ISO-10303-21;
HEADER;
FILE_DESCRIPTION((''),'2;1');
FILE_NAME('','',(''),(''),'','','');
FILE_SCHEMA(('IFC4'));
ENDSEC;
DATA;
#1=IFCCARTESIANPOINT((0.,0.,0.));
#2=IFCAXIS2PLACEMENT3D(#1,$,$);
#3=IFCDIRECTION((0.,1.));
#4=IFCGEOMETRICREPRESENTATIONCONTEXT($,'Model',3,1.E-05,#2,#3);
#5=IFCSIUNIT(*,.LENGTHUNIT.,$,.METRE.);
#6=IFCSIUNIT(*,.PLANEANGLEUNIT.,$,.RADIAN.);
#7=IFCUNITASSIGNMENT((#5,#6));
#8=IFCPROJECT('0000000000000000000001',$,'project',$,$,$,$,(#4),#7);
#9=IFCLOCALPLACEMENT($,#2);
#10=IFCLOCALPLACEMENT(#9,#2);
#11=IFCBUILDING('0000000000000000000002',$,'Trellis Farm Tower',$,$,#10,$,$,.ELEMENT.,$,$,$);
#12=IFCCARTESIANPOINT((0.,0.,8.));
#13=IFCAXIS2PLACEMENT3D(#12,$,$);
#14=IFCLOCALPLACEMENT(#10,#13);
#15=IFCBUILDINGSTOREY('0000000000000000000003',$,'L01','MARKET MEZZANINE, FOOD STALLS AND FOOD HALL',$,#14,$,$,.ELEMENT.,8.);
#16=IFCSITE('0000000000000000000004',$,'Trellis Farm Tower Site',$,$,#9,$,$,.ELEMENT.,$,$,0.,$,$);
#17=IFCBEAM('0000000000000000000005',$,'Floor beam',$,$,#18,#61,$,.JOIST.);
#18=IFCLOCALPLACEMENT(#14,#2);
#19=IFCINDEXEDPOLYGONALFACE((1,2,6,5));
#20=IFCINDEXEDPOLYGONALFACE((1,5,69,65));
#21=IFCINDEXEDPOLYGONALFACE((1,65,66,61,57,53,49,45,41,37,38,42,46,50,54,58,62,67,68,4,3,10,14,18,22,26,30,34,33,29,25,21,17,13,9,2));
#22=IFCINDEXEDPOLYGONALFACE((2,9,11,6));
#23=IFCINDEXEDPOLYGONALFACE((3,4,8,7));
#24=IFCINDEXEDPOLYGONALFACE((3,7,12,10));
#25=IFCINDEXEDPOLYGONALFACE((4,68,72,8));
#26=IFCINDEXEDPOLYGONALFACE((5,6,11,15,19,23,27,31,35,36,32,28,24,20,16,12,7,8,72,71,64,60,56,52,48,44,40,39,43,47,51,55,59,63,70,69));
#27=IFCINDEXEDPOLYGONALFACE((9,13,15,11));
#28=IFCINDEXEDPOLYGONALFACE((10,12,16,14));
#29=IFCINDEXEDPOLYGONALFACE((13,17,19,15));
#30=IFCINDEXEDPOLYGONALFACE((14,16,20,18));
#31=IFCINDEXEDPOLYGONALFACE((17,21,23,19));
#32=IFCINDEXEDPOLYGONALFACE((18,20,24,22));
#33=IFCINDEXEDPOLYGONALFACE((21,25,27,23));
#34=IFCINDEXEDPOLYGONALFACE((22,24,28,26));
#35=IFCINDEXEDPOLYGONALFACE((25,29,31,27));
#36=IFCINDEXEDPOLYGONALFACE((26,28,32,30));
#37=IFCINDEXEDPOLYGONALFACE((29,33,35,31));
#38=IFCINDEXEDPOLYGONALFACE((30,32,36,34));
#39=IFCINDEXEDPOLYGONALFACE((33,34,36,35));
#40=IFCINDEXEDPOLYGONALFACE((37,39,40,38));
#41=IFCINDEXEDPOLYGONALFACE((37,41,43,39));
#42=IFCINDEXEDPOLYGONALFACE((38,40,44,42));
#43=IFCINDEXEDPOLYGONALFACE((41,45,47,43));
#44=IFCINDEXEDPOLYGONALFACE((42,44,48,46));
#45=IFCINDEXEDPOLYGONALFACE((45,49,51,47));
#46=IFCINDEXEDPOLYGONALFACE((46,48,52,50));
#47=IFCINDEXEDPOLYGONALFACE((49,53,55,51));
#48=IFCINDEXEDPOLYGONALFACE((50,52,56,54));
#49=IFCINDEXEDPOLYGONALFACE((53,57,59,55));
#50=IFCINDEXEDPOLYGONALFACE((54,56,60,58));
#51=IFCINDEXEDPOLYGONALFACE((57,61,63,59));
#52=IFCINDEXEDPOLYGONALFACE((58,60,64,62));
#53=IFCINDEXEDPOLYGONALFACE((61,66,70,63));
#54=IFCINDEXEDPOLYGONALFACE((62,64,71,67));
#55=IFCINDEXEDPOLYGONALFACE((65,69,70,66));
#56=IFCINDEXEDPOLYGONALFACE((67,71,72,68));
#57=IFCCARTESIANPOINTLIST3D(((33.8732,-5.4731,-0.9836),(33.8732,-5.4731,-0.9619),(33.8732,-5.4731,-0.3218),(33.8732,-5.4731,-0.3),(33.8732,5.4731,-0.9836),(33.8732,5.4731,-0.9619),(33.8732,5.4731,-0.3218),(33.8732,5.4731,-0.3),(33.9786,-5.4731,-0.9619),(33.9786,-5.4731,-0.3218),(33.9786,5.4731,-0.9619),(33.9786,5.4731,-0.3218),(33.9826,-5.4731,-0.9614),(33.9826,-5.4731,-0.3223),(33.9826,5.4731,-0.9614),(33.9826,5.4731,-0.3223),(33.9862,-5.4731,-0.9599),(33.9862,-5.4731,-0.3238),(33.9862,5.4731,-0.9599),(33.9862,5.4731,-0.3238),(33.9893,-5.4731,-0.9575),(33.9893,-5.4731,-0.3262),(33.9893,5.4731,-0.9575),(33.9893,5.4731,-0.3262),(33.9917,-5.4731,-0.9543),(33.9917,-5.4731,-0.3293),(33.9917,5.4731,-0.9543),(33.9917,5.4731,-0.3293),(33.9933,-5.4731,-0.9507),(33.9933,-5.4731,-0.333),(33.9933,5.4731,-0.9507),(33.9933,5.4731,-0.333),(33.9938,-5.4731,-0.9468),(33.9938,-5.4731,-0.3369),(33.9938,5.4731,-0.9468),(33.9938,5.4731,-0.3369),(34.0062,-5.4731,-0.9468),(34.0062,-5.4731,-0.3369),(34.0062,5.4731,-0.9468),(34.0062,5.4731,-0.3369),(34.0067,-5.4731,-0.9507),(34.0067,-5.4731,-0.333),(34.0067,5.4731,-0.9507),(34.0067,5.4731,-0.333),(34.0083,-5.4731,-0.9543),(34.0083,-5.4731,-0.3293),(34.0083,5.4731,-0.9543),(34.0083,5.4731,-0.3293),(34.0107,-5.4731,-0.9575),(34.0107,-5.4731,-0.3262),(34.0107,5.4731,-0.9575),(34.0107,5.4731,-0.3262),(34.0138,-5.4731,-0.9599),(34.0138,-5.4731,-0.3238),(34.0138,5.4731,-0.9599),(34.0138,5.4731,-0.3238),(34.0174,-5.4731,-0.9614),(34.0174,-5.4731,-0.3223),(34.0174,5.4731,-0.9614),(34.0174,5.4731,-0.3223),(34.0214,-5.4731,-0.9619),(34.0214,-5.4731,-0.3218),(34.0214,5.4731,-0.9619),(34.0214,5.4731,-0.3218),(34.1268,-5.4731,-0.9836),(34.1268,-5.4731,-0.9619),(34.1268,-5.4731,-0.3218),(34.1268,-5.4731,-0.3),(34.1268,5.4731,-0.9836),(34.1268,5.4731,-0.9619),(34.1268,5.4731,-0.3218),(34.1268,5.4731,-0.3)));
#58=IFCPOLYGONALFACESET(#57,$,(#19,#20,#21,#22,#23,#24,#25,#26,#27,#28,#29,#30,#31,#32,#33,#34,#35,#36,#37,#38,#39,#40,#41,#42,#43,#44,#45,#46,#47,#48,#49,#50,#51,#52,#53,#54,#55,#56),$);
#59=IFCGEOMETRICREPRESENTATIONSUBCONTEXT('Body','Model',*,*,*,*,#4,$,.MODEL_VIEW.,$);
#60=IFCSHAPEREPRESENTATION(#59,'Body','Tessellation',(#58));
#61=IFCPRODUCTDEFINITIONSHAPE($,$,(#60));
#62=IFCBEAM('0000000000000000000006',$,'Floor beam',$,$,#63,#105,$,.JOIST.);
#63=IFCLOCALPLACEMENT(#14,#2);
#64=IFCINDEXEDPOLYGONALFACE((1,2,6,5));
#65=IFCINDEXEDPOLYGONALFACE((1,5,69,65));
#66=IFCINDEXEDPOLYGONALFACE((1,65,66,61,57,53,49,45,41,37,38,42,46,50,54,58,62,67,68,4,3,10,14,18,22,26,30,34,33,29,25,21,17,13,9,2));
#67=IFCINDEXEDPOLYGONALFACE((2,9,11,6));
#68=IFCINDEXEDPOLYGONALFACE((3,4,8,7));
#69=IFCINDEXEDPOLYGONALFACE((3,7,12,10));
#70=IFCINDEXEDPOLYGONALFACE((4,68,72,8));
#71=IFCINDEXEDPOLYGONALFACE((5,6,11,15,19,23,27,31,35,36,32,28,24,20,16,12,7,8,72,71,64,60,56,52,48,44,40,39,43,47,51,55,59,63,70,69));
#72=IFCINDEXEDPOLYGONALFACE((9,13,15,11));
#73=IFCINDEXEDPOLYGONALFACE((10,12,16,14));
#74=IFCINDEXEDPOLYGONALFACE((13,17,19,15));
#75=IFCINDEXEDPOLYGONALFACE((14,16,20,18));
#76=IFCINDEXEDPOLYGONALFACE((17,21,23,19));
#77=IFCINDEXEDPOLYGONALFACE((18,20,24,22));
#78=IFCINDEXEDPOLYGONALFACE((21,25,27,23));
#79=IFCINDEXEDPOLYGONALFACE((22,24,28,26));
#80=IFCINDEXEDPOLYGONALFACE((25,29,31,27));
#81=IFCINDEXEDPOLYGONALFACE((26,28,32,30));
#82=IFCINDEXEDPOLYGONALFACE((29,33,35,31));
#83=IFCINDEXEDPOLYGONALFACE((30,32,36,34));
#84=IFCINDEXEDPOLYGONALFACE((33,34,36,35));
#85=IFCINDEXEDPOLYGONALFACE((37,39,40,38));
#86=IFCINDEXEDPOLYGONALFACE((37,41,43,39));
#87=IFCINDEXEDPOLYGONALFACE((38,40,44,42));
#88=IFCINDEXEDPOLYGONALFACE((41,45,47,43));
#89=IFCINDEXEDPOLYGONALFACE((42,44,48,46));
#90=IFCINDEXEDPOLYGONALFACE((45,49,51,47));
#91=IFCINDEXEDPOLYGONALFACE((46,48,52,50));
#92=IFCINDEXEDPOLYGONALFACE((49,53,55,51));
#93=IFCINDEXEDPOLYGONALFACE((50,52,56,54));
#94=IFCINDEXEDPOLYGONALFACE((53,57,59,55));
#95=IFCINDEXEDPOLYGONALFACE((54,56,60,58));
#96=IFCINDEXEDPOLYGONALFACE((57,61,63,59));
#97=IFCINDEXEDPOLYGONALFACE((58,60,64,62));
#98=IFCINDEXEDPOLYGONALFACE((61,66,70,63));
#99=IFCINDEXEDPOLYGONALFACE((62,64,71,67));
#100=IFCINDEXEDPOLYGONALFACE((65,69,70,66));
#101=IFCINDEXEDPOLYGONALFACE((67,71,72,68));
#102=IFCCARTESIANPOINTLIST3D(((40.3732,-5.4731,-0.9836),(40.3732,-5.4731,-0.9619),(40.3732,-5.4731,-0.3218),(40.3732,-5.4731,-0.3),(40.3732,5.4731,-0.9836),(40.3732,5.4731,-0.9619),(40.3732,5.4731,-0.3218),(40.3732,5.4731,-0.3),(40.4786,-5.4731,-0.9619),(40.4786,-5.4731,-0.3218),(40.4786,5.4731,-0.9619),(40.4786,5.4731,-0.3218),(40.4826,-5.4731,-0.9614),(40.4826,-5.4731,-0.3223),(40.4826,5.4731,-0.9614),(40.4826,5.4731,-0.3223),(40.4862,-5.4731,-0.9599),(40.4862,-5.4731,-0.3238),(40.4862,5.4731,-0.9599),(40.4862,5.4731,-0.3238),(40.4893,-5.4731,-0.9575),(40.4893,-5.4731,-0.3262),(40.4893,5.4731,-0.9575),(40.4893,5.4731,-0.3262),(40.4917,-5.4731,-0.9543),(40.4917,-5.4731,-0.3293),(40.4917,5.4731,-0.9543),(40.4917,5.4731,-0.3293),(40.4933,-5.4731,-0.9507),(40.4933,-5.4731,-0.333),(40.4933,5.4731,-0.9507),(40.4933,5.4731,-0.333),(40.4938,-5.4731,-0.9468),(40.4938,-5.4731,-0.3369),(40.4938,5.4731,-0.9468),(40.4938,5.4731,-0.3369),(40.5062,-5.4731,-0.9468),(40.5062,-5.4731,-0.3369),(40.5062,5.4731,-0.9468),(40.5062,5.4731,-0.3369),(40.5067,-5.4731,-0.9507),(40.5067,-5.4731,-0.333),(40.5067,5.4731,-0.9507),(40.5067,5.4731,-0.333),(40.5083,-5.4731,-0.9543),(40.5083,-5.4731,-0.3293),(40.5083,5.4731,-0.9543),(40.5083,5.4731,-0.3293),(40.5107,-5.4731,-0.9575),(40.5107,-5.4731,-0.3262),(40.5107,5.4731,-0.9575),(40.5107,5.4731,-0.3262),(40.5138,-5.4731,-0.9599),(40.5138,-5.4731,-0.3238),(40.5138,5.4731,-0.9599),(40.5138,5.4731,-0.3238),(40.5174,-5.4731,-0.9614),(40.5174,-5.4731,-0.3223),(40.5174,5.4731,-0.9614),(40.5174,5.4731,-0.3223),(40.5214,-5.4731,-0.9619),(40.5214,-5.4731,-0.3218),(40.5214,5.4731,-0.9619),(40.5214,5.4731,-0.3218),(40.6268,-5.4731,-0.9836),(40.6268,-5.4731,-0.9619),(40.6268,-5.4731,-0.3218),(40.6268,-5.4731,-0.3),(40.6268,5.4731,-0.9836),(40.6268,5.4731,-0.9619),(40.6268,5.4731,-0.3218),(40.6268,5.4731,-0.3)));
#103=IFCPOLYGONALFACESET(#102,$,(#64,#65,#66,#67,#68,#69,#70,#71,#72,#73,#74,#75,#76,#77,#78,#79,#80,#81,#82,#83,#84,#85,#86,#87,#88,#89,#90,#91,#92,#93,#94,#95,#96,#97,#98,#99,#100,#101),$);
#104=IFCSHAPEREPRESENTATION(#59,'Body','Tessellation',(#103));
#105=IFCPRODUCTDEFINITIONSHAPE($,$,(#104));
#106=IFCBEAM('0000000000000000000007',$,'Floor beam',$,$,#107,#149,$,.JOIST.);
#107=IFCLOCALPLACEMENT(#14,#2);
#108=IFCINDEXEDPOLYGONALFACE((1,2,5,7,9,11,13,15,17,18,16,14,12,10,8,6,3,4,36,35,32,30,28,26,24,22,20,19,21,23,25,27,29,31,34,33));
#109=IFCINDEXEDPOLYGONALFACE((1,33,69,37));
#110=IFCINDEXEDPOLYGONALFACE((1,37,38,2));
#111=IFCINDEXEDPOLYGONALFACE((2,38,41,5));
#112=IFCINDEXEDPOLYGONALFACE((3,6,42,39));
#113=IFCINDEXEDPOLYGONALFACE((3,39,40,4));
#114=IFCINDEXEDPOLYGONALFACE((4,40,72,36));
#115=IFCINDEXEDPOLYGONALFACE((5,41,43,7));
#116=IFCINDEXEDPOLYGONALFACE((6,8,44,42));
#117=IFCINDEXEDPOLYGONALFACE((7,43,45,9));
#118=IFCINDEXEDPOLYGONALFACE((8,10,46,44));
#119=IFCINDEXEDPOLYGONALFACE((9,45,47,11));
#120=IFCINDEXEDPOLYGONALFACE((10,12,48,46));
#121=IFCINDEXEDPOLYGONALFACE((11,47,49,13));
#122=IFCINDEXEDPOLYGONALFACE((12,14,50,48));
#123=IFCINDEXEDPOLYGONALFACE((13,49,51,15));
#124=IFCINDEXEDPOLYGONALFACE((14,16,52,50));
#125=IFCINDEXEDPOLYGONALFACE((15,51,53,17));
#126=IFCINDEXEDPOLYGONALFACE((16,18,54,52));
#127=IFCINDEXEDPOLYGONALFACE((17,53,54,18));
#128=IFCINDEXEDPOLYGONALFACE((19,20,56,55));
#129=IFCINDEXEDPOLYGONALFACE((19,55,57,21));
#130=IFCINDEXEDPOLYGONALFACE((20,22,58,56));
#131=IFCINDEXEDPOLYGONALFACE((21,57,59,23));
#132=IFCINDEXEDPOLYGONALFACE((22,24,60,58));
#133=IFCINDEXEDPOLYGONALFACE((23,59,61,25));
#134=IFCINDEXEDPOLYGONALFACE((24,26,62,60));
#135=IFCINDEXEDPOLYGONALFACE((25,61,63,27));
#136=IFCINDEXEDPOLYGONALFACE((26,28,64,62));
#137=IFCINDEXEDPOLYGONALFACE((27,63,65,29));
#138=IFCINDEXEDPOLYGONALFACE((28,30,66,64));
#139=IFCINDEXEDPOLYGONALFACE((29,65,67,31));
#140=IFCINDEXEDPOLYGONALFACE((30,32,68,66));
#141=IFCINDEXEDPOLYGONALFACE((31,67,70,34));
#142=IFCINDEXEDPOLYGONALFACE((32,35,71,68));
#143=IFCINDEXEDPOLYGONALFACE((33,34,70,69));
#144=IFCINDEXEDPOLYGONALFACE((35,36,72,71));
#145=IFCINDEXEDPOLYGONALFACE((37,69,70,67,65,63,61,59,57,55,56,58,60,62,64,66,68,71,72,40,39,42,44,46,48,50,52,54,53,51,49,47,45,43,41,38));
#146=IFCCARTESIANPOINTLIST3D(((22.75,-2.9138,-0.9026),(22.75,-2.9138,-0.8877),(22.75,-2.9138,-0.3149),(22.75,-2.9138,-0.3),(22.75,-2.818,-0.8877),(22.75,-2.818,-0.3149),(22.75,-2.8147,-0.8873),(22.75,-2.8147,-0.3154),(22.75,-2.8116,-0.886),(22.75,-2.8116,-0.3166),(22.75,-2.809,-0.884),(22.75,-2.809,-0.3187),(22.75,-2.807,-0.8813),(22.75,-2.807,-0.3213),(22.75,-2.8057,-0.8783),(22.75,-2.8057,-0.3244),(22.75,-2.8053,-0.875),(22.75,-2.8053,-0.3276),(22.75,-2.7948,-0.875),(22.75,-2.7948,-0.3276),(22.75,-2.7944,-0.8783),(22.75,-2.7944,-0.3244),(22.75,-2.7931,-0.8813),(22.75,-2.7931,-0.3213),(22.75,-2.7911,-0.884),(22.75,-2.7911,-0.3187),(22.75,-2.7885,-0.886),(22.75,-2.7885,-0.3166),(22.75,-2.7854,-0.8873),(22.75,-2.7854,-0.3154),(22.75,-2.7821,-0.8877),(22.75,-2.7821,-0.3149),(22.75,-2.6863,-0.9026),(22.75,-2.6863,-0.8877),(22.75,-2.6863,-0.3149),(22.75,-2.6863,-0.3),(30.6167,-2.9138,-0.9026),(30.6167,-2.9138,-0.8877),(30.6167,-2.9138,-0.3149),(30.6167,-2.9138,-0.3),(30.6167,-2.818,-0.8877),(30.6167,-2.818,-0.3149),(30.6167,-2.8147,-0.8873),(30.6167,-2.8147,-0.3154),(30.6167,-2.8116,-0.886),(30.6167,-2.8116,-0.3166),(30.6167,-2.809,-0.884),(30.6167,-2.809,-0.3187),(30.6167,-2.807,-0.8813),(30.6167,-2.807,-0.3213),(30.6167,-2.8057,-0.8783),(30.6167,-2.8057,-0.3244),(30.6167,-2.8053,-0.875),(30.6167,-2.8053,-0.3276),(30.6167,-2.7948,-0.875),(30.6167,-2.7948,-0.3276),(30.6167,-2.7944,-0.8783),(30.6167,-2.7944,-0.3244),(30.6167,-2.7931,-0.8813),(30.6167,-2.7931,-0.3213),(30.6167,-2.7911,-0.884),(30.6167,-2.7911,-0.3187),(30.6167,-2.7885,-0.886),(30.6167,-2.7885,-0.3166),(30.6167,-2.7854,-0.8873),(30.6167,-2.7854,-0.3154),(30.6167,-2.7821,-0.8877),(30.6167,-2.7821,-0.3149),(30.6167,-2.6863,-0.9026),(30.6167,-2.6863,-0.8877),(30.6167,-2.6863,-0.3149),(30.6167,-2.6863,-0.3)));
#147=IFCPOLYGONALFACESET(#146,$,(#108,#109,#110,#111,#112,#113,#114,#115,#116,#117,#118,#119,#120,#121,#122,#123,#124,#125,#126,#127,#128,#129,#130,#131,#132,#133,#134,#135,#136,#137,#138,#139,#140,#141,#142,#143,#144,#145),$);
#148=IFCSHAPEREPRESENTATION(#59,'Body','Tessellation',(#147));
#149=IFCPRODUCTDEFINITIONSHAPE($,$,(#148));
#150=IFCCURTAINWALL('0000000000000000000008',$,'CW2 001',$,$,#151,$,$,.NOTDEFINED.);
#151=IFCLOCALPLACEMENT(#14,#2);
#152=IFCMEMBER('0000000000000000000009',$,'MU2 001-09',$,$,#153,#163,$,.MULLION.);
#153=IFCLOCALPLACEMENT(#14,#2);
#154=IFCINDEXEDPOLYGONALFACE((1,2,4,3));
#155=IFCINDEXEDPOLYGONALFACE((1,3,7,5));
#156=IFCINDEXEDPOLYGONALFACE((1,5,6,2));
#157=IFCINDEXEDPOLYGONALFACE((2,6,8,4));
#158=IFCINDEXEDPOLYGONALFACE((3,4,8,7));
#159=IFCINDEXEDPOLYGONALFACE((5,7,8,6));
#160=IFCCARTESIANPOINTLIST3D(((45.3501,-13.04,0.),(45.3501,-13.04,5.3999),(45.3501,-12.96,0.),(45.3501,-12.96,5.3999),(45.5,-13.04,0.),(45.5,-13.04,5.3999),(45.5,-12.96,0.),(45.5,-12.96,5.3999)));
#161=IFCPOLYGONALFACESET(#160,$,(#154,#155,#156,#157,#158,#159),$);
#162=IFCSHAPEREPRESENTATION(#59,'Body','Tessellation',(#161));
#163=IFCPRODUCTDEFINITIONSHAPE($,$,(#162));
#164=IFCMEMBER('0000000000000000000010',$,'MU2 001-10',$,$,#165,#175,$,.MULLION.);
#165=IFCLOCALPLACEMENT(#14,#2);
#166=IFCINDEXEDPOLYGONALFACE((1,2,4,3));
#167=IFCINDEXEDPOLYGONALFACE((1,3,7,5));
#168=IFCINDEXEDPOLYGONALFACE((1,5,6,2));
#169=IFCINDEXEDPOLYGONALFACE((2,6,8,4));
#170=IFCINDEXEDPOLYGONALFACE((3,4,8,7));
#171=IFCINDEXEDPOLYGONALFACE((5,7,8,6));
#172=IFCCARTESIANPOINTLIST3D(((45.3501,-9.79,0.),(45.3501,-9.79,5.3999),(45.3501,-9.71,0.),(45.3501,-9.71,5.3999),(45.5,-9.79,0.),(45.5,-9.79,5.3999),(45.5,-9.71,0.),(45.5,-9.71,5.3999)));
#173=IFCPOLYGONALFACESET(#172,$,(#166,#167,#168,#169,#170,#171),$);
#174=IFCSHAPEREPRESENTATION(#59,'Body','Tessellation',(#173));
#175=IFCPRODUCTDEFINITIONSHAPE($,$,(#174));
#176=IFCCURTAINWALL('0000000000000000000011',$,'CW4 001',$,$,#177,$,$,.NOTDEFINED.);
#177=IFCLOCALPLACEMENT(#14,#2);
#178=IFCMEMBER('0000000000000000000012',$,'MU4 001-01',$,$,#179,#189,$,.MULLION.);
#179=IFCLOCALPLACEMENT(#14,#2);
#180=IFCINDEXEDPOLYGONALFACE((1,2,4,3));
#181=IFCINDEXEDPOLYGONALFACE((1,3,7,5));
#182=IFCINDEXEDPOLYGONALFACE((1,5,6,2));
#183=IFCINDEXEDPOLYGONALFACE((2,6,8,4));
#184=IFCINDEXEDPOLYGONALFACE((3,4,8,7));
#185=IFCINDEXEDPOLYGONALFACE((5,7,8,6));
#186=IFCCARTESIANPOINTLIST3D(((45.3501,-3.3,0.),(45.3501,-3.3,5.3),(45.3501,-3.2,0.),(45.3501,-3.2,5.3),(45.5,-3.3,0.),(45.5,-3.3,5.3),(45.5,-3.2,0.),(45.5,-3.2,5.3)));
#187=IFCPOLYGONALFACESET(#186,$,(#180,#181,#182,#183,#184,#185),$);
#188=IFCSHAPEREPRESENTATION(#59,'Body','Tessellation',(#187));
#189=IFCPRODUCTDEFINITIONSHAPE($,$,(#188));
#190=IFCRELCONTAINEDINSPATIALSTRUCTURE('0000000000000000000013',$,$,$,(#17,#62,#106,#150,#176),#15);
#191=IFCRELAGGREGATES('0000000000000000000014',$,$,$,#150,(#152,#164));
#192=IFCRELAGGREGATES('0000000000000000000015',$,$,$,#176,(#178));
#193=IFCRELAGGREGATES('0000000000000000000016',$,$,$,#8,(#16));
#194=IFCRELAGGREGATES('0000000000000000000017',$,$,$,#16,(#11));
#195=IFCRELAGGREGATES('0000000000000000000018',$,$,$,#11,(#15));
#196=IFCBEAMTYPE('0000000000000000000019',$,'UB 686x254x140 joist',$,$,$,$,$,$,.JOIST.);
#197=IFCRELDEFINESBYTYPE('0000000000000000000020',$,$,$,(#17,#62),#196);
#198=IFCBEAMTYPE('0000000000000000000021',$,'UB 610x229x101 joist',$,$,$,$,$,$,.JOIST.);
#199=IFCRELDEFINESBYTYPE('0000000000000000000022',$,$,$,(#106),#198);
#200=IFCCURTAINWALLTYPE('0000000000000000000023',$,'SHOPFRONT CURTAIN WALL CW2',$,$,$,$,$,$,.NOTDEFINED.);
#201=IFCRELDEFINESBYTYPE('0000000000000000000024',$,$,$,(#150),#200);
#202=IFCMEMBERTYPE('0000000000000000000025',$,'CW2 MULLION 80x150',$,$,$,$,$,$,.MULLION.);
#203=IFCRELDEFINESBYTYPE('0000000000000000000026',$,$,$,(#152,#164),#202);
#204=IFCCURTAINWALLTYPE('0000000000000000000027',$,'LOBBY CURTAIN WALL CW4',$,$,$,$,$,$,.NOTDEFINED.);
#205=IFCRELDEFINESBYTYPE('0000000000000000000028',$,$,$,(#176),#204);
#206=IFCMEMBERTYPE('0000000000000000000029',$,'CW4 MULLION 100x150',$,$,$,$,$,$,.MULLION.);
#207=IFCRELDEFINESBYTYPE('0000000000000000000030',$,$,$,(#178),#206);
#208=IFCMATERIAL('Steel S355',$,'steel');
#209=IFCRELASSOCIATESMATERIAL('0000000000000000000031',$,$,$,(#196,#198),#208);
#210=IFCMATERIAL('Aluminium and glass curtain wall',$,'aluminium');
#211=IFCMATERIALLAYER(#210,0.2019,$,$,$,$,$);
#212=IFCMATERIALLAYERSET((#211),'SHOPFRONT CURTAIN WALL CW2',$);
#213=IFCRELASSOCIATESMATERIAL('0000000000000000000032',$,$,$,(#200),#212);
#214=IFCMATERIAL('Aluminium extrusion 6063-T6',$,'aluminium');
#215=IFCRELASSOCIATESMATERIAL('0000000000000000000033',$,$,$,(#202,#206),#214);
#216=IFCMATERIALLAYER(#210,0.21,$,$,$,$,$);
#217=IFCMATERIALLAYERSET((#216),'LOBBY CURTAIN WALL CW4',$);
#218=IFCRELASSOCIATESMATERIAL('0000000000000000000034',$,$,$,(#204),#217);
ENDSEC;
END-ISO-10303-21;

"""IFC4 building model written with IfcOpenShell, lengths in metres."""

from ifc_helpers import new_model, si_unit, direction, frame, origin, origin_2d, place, context, subcontext, project, spatial, rectangle, i_section, extrude, source, transform, mapped, material, layer, layer_set, material_profile, profile_set, type_object, element, aggregate, save


model = new_model("IFC4")

# Units and contexts
model_context = context("Model", 3, precision=1e-05, world=origin(), true_north=direction((0.0, 1.0)))
body_context = subcontext(model_context, "Body", "Model", "MODEL_VIEW")
ifc_project = project(units=[si_unit("LENGTHUNIT", "METRE"), si_unit("PLANEANGLEUNIT", "RADIAN")], contexts=[model_context])

# Site, building, storey
site_placement = place(None, origin())
site = spatial("IfcSite", under=ifc_project, at=site_placement, Name="Trellis Farm Tower Site", CompositionType="ELEMENT", RefElevation=0.0)
building_placement = place(site_placement, origin())
building = spatial("IfcBuilding", under=site, at=building_placement, Name="Trellis Farm Tower", CompositionType="ELEMENT")
storey_placement = place(building_placement, frame((0.0, 0.0, 8.0)))
storey = spatial("IfcBuildingStorey", under=building, at=storey_placement, Name="L01", Description="MARKET MEZZANINE, FOOD STALLS AND FOOD HALL", CompositionType="ELEMENT", Elevation=8.0)

# Beams
ifc_material_1 = material(Name="Steel S355", Category="steel")
ifc_material_profile_1 = material_profile(ifc_material_1, i_section(OverallWidth=0.2537, OverallDepth=0.6836, WebThickness=0.0125, FlangeThickness=0.0217, FilletRadius=0.0151, at=origin_2d()), Name="UB 686x254x140")
ifc_profile_set_1 = profile_set([ifc_material_profile_1], Name="Steel S355")
beam_type_1 = type_object("IfcBeamType", Name="UB 686x254x140 joist", PredefinedType="JOIST", material=ifc_profile_set_1)
shared_shape_1 = source(origin(), body_context, "Body", "SweptSolid", [
    extrude(i_section(OverallWidth=0.2537, OverallDepth=0.6836, WebThickness=0.0125, FlangeThickness=0.0217, FilletRadius=0.0151, at=origin_2d()), origin(), (0.0, 0.0, 1.0), 10.9463),
])
for number, where, z_axis, x_axis, name in (
    (1, (34.0, -5.4731, -0.6418), (0.0, 1.0, 0.0), (-1.0, 0.0, 0.0), "Floor beam"),
    (2, (40.5, -5.4731, -0.6418), (0.0, 1.0, 0.0), (-1.0, 0.0, 0.0), "Floor beam"),
):
    element("IfcBeam", number, at=place(storey_placement, frame(where, z_axis=z_axis, x_axis=x_axis)), inside=storey, type_object=beam_type_1, Name=name, PredefinedType="JOIST", context=body_context, shape_type="MappedRepresentation", body=[
        mapped(shared_shape_1, transform((0.0, 0.0, 0.0))),
    ])
ifc_material_profile_2 = material_profile(ifc_material_1, i_section(OverallWidth=0.2275, OverallDepth=0.6025, WebThickness=0.0105, FlangeThickness=0.0149, FilletRadius=0.0127, at=origin_2d()), Name="UB 610x229x101")
ifc_profile_set_2 = profile_set([ifc_material_profile_2], Name="Steel S355")
beam_type_2 = type_object("IfcBeamType", Name="UB 610x229x101 joist", PredefinedType="JOIST", material=ifc_profile_set_2)
shared_shape_2 = source(origin(), body_context, "Body", "SweptSolid", [
    extrude(i_section(OverallWidth=0.2275, OverallDepth=0.6025, WebThickness=0.0105, FlangeThickness=0.0149, FilletRadius=0.0127, at=origin_2d()), origin(), (0.0, 0.0, 1.0), 7.8667),
])
beam_1_placement = place(storey_placement, frame((22.75, -2.8, -0.6013), z_axis=(1.0, 0.0, 0.0), x_axis=(0.0, 1.0, 0.0)))
element("IfcBeam", 3, at=beam_1_placement, inside=storey, type_object=beam_type_2, Name="Floor beam", PredefinedType="JOIST", context=body_context, shape_type="MappedRepresentation", body=[
    mapped(shared_shape_2, transform((0.0, 0.0, 0.0))),
])

# Curtain wall, members
ifc_material_2 = material(Name="Aluminium and glass curtain wall", Category="aluminium")
ifc_layer_1 = layer(ifc_material_2, 0.2019)
ifc_layer_set_1 = layer_set([ifc_layer_1], Name="SHOPFRONT CURTAIN WALL CW2")
curtain_wall_type_1 = type_object("IfcCurtainWallType", Name="SHOPFRONT CURTAIN WALL CW2", PredefinedType="NOTDEFINED", material=ifc_layer_set_1)
placement = place(storey_placement, origin())
curtain_wall_1 = element("IfcCurtainWall", 4, at=placement, inside=storey, type_object=curtain_wall_type_1, Name="CW2 001", PredefinedType="NOTDEFINED")
ifc_material_3 = material(Name="Aluminium extrusion 6063-T6", Category="aluminium")
ifc_material_profile_3 = material_profile(ifc_material_3, rectangle(XDim=0.0801, YDim=0.1499, at=origin_2d()), Name="MULLION 80x150")
ifc_profile_set_3 = profile_set([ifc_material_profile_3], Name="Aluminium extrusion 6063-T6")
member_type_1 = type_object("IfcMemberType", Name="CW2 MULLION 80x150", PredefinedType="MULLION", material=ifc_profile_set_3)
shared_shape_3 = source(origin(), body_context, "Body", "SweptSolid", [
    extrude(rectangle(XDim=0.0801, YDim=0.1499, at=origin_2d()), origin(), (0.0, 0.0, 1.0), 5.3999),
])
member_1_placement = place(storey_placement, frame((45.425, -13.0, 0.0), z_axis=(0.0, 0.0, 1.0), x_axis=(0.0, 1.0, 0.0)))
member_1 = element("IfcMember", 5, at=member_1_placement, type_object=member_type_1, Name="MU2 001-09", PredefinedType="MULLION", context=body_context, shape_type="MappedRepresentation", body=[
    mapped(shared_shape_3, transform((0.0, 0.0, 0.0))),
])
member_2_placement = place(storey_placement, frame((45.425, -9.75, 0.0), z_axis=(0.0, 0.0, 1.0), x_axis=(0.0, 1.0, 0.0)))
member_2 = element("IfcMember", 6, at=member_2_placement, type_object=member_type_1, Name="MU2 001-10", PredefinedType="MULLION", context=body_context, shape_type="MappedRepresentation", body=[
    mapped(shared_shape_3, transform((0.0, 0.0, 0.0))),
])
aggregate(curtain_wall_1, [member_1, member_2])

# Curtain wall, member
ifc_layer_2 = layer(ifc_material_2, 0.21)
ifc_layer_set_2 = layer_set([ifc_layer_2], Name="LOBBY CURTAIN WALL CW4")
curtain_wall_type_2 = type_object("IfcCurtainWallType", Name="LOBBY CURTAIN WALL CW4", PredefinedType="NOTDEFINED", material=ifc_layer_set_2)
curtain_wall_2 = element("IfcCurtainWall", 7, at=placement, inside=storey, type_object=curtain_wall_type_2, Name="CW4 001", PredefinedType="NOTDEFINED")
ifc_material_profile_4 = material_profile(ifc_material_3, rectangle(XDim=0.1001, YDim=0.1499, at=origin_2d()), Name="MULLION 100x150")
ifc_profile_set_4 = profile_set([ifc_material_profile_4], Name="Aluminium extrusion 6063-T6")
member_type_2 = type_object("IfcMemberType", Name="CW4 MULLION 100x150", PredefinedType="MULLION", material=ifc_profile_set_4)
shared_shape_4 = source(origin(), body_context, "Body", "SweptSolid", [
    extrude(rectangle(XDim=0.1001, YDim=0.1499, at=origin_2d()), origin(), (0.0, 0.0, 1.0), 5.3),
])
member_3_placement = place(storey_placement, frame((45.425, -3.25, 0.0), z_axis=(0.0, 0.0, 1.0), x_axis=(0.0, 1.0, 0.0)))
member_3 = element("IfcMember", 8, at=member_3_placement, type_object=member_type_2, Name="MU4 001-01", PredefinedType="MULLION", context=body_context, shape_type="MappedRepresentation", body=[
    mapped(shared_shape_4, transform((0.0, 0.0, 0.0))),
])
aggregate(curtain_wall_2, [member_3])

save(model, "model.ifc")
